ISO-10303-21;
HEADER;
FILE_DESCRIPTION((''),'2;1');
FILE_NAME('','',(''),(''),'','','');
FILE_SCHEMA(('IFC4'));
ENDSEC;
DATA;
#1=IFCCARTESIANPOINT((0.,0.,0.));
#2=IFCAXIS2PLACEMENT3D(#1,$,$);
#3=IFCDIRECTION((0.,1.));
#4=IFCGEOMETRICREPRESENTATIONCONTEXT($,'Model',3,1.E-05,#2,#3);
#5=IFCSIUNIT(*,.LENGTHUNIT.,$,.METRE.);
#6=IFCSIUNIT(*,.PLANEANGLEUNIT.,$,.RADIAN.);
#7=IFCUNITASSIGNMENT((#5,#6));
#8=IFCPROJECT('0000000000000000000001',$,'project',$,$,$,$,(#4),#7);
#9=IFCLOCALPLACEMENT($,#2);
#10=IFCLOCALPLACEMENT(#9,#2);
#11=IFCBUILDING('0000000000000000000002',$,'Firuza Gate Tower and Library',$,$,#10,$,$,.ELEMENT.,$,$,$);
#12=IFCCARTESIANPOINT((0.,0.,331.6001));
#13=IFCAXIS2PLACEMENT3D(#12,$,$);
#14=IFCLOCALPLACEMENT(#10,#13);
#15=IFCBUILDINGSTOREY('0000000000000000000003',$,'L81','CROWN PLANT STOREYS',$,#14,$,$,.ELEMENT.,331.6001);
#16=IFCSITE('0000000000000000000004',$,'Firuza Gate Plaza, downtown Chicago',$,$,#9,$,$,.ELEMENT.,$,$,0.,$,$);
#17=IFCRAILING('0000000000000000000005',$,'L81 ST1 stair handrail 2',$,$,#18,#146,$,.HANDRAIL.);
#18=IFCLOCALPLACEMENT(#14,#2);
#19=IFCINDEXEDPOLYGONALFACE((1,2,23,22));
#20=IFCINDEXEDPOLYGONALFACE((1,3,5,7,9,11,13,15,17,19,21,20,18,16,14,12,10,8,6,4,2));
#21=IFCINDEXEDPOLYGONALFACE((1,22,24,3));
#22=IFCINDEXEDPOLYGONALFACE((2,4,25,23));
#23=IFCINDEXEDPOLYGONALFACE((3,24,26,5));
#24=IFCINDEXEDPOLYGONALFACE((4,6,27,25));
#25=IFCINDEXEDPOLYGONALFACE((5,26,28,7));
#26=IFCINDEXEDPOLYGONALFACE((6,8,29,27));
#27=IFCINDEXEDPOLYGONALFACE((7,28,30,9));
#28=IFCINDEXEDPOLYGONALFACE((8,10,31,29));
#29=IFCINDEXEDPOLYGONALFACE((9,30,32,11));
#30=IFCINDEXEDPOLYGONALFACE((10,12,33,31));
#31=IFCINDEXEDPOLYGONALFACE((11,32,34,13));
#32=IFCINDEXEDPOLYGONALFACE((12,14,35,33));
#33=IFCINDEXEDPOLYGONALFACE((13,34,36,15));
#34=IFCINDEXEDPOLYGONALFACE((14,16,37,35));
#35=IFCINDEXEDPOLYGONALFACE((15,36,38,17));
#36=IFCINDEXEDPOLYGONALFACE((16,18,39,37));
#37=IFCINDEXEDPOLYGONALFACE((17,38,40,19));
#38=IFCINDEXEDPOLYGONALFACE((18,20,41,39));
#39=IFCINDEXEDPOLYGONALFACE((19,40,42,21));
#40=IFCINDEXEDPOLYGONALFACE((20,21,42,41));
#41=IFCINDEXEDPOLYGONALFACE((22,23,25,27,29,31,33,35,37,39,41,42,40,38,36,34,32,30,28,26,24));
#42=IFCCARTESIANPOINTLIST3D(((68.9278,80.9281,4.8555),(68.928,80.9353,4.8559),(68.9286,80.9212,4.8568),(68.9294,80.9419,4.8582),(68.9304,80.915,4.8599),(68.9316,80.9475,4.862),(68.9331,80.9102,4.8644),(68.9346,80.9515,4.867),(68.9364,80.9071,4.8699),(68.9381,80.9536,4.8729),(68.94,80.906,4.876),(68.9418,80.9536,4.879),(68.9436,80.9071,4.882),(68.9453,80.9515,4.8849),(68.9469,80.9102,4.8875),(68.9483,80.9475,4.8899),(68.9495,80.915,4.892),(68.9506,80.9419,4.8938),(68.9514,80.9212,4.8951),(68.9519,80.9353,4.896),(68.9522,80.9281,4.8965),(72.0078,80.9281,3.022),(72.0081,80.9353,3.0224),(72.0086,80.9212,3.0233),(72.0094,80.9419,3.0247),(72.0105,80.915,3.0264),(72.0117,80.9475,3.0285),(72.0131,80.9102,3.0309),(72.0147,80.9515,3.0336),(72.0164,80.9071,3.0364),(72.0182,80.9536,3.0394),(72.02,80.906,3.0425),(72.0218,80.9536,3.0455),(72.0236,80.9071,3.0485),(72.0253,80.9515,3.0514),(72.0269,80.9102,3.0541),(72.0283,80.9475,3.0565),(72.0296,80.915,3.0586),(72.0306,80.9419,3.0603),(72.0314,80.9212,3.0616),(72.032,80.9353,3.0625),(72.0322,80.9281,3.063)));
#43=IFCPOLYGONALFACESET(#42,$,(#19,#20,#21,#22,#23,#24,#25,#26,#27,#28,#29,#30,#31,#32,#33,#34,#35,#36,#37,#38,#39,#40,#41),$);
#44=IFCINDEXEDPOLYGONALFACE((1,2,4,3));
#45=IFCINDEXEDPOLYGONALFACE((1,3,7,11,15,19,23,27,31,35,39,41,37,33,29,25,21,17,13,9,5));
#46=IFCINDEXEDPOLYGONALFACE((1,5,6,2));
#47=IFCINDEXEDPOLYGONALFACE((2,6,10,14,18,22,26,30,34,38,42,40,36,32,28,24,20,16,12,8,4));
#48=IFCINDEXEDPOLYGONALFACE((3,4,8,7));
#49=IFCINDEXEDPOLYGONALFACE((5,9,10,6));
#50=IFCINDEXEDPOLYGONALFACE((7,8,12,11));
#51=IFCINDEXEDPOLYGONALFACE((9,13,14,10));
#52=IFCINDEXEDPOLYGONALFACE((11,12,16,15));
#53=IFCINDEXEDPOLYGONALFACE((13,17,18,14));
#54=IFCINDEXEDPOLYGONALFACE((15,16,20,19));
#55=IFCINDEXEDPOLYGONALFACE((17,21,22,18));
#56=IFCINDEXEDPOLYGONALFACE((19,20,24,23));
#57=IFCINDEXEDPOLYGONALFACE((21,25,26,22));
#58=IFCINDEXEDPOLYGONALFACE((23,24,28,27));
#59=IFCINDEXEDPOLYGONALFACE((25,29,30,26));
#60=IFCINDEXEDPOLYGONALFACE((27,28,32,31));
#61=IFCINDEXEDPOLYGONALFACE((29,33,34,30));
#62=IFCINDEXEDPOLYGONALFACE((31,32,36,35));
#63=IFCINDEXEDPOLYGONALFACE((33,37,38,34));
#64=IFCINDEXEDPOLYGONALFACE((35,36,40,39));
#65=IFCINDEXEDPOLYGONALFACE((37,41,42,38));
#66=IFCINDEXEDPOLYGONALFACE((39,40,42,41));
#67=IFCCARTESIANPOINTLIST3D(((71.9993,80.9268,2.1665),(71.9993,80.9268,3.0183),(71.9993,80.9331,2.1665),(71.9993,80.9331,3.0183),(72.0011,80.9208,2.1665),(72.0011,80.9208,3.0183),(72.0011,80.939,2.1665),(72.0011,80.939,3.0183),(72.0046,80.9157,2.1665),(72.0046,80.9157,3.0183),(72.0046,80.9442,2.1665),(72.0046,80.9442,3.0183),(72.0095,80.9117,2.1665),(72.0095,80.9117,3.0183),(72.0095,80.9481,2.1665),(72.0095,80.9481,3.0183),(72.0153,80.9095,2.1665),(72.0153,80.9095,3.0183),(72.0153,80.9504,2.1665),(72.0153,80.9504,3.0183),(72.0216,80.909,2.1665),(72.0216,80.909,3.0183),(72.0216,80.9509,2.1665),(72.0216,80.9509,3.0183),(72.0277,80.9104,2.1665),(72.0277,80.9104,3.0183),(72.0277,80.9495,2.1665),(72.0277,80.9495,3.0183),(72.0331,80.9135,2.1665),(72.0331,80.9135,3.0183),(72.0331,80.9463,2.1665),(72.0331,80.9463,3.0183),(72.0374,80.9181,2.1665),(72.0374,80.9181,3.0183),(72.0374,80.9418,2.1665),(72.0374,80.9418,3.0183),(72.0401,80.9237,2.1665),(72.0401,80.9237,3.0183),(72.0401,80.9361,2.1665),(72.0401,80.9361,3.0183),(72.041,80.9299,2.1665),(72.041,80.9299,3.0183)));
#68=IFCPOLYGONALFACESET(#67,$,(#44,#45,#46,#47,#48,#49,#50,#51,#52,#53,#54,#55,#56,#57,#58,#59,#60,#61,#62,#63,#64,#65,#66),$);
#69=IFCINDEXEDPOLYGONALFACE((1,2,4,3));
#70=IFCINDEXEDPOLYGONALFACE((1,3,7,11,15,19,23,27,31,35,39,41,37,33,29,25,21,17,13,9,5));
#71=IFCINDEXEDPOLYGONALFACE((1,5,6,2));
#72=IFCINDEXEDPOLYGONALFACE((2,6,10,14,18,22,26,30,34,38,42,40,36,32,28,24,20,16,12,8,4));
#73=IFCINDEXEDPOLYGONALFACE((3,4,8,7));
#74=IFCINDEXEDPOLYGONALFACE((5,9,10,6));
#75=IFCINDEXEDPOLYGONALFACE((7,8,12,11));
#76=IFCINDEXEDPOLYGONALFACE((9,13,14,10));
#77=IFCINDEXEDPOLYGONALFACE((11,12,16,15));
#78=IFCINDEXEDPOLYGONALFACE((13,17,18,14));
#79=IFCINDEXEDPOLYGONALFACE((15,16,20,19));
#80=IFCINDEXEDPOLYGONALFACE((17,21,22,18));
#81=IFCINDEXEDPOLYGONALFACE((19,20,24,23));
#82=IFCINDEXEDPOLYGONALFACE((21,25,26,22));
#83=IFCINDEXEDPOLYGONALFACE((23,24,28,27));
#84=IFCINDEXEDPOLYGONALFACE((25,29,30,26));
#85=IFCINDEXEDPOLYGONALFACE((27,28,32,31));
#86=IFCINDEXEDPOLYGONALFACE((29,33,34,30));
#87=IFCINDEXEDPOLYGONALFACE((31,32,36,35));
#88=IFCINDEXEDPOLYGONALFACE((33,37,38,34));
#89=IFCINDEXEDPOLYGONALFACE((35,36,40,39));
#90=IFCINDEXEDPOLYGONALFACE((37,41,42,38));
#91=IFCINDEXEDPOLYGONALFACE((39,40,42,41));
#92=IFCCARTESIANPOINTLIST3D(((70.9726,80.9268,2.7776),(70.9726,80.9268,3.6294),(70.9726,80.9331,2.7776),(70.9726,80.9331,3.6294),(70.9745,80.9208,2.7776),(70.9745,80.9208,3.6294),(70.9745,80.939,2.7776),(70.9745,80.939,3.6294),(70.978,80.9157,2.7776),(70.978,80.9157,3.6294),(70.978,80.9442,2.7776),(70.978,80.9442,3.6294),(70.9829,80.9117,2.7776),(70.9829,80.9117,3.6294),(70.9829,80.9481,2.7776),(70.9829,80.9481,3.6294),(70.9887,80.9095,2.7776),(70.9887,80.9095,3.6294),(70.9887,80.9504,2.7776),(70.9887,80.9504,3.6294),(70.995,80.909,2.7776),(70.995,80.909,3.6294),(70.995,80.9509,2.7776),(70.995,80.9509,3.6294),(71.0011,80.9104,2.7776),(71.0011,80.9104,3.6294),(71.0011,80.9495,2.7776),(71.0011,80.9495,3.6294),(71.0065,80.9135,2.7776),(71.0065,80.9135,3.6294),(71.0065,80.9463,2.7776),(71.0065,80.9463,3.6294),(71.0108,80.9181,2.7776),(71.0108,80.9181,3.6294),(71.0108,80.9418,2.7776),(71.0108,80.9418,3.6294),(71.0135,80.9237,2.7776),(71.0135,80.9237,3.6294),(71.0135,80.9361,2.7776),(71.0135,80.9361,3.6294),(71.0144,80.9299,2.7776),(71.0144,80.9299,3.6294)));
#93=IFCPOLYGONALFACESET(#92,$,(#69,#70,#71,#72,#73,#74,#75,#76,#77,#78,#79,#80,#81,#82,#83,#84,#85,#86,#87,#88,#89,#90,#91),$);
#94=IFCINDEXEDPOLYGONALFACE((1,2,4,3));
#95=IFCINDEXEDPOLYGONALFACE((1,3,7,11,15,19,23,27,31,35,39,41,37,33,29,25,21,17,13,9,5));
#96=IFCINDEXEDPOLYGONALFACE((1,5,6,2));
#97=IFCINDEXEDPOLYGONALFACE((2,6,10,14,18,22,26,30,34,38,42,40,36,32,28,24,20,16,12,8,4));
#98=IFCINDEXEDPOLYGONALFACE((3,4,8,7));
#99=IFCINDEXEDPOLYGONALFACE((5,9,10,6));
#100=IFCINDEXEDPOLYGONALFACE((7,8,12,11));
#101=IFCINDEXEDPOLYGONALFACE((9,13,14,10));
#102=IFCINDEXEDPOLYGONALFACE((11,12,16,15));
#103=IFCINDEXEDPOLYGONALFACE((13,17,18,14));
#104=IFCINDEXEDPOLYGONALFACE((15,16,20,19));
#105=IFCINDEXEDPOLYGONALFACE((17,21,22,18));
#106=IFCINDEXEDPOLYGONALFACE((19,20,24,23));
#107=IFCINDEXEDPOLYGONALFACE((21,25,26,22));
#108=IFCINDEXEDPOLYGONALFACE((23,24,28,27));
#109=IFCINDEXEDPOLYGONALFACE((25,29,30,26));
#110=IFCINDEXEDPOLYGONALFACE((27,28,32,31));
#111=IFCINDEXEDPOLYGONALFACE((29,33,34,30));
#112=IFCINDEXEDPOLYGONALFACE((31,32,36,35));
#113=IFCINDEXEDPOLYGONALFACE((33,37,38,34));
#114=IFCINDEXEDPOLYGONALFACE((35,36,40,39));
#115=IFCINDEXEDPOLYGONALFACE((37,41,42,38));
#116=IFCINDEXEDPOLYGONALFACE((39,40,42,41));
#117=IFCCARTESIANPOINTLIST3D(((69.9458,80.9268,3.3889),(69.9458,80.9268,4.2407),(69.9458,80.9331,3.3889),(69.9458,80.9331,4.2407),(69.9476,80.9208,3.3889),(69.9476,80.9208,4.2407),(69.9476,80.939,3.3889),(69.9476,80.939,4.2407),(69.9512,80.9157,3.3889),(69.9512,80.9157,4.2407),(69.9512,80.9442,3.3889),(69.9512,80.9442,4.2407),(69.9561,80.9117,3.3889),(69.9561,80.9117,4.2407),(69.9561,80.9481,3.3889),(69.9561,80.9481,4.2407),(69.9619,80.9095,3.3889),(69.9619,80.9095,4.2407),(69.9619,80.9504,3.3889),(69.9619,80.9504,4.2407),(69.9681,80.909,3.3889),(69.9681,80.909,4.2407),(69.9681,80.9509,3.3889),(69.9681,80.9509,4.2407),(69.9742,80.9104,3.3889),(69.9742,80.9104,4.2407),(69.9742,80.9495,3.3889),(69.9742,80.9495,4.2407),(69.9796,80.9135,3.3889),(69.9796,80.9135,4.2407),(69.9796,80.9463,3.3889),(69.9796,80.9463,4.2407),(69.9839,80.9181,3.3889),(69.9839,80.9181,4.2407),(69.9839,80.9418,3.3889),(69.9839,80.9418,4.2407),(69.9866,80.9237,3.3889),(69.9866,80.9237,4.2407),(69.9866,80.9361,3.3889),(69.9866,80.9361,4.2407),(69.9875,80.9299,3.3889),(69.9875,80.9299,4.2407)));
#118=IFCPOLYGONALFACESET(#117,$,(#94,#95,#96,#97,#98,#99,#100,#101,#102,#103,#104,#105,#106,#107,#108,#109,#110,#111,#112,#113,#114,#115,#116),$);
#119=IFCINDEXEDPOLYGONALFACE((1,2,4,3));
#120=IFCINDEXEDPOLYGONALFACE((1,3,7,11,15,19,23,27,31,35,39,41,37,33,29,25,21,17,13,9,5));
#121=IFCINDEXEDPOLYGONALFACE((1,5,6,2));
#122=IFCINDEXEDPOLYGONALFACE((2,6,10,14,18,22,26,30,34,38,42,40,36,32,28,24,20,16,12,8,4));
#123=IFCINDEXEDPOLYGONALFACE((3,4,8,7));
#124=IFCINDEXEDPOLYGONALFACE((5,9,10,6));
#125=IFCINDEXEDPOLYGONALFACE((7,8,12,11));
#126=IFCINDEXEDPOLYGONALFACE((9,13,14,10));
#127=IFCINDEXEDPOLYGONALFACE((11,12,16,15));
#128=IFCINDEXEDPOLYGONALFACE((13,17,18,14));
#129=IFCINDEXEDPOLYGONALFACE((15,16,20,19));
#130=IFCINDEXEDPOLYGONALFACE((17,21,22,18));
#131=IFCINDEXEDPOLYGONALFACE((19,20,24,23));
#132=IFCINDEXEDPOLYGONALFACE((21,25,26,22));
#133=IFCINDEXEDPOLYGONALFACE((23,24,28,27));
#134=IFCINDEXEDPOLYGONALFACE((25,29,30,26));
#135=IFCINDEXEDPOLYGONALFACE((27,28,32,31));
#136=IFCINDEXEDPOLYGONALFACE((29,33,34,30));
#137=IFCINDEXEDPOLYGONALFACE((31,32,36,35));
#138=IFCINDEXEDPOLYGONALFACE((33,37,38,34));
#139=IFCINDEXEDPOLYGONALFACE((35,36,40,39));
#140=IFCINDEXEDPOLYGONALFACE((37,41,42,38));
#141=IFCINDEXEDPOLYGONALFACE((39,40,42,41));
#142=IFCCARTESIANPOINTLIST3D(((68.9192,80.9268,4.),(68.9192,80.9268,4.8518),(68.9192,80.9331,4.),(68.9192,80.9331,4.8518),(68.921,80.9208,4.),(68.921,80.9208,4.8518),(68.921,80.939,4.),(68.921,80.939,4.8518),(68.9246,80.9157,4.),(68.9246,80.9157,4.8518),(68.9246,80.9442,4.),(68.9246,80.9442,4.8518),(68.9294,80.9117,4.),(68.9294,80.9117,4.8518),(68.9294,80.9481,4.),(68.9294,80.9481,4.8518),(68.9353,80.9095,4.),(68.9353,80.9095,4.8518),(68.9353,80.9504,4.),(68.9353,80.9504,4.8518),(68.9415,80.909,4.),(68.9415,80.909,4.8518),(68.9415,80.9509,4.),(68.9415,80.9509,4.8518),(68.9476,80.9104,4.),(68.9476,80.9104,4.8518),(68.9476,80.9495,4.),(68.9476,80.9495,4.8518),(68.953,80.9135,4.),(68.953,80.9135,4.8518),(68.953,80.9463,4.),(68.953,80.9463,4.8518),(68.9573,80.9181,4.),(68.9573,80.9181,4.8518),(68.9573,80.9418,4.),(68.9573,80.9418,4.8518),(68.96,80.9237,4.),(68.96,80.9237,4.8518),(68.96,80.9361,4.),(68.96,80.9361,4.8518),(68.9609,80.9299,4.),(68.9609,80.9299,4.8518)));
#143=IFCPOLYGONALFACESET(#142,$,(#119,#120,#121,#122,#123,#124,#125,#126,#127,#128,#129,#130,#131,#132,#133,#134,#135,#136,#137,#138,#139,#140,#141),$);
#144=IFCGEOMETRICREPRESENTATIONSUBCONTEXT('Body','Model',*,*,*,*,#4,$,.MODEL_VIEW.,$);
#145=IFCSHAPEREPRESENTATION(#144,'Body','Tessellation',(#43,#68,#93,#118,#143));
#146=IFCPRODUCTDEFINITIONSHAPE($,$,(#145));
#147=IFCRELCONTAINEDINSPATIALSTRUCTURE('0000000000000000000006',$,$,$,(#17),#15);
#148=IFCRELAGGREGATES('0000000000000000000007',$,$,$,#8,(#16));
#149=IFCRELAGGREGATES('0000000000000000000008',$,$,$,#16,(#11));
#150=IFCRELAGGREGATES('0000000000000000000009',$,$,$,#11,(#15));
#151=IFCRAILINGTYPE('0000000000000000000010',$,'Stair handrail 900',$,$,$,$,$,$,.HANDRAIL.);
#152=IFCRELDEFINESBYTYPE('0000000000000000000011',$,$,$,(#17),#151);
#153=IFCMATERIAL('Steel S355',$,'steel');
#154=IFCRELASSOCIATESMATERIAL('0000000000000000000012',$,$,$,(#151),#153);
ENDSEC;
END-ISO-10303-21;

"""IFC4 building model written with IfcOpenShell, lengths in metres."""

from ifc_helpers import new_model, si_unit, direction, frame, origin, origin_2d, place, context, subcontext, project, spatial, circle, extrude, material, type_object, element, save


model = new_model("IFC4")

# Units and contexts
model_context = context("Model", 3, precision=1e-05, world=origin(), true_north=direction((0.0, 1.0)))
body_context = subcontext(model_context, "Body", "Model", "MODEL_VIEW")
ifc_project = project(units=[si_unit("LENGTHUNIT", "METRE"), si_unit("PLANEANGLEUNIT", "RADIAN")], contexts=[model_context])

# Site, building, storey
site_placement = place(None, origin())
site = spatial("IfcSite", under=ifc_project, at=site_placement, Name="Firuza Gate Plaza, downtown Chicago", CompositionType="ELEMENT", RefElevation=0.0)
building_placement = place(site_placement, origin())
building = spatial("IfcBuilding", under=site, at=building_placement, Name="Firuza Gate Tower and Library", CompositionType="ELEMENT")
storey_placement = place(building_placement, frame((0.0, 0.0, 331.6001)))
storey = spatial("IfcBuildingStorey", under=building, at=storey_placement, Name="L81", Description="CROWN PLANT STOREYS", CompositionType="ELEMENT", Elevation=331.6001)

# Railing
ifc_material_1 = material(Name="Steel S355", Category="steel")
railing_type_1 = type_object("IfcRailingType", Name="Stair handrail 900", PredefinedType="HANDRAIL", material=ifc_material_1)
railing_1_placement = place(storey_placement, frame((72.02, 80.9299, 2.1665)))
element("IfcRailing", 1, at=railing_1_placement, inside=storey, type_object=railing_type_1, Name="L81 ST1 stair handrail 2", PredefinedType="HANDRAIL", context=body_context, shape_type="SweptSolid", body=[
    extrude(circle(Radius=0.0239, at=origin_2d()), frame((0.0, 0.0, 0.876), z_axis=(-0.859279, 0.0, 0.511508), x_axis=(0.0, -1.0, 0.0)), (0.0, 0.0, 1.0), 3.5845),
    extrude(circle(Radius=0.021, at=origin_2d()), origin(), (0.0, 0.0, 1.0), 0.8518),
    extrude(circle(Radius=0.021, at=origin_2d()), frame((-1.0266, 0.0, 0.6111)), (0.0, 0.0, 1.0), 0.8518),
    extrude(circle(Radius=0.021, at=origin_2d()), frame((-2.0535, 0.0, 1.2224)), (0.0, 0.0, 1.0), 0.8518),
    extrude(circle(Radius=0.021, at=origin_2d()), frame((-3.0801, 0.0, 1.8335)), (0.0, 0.0, 1.0), 0.8518),
])

save(model, "model.ifc")
